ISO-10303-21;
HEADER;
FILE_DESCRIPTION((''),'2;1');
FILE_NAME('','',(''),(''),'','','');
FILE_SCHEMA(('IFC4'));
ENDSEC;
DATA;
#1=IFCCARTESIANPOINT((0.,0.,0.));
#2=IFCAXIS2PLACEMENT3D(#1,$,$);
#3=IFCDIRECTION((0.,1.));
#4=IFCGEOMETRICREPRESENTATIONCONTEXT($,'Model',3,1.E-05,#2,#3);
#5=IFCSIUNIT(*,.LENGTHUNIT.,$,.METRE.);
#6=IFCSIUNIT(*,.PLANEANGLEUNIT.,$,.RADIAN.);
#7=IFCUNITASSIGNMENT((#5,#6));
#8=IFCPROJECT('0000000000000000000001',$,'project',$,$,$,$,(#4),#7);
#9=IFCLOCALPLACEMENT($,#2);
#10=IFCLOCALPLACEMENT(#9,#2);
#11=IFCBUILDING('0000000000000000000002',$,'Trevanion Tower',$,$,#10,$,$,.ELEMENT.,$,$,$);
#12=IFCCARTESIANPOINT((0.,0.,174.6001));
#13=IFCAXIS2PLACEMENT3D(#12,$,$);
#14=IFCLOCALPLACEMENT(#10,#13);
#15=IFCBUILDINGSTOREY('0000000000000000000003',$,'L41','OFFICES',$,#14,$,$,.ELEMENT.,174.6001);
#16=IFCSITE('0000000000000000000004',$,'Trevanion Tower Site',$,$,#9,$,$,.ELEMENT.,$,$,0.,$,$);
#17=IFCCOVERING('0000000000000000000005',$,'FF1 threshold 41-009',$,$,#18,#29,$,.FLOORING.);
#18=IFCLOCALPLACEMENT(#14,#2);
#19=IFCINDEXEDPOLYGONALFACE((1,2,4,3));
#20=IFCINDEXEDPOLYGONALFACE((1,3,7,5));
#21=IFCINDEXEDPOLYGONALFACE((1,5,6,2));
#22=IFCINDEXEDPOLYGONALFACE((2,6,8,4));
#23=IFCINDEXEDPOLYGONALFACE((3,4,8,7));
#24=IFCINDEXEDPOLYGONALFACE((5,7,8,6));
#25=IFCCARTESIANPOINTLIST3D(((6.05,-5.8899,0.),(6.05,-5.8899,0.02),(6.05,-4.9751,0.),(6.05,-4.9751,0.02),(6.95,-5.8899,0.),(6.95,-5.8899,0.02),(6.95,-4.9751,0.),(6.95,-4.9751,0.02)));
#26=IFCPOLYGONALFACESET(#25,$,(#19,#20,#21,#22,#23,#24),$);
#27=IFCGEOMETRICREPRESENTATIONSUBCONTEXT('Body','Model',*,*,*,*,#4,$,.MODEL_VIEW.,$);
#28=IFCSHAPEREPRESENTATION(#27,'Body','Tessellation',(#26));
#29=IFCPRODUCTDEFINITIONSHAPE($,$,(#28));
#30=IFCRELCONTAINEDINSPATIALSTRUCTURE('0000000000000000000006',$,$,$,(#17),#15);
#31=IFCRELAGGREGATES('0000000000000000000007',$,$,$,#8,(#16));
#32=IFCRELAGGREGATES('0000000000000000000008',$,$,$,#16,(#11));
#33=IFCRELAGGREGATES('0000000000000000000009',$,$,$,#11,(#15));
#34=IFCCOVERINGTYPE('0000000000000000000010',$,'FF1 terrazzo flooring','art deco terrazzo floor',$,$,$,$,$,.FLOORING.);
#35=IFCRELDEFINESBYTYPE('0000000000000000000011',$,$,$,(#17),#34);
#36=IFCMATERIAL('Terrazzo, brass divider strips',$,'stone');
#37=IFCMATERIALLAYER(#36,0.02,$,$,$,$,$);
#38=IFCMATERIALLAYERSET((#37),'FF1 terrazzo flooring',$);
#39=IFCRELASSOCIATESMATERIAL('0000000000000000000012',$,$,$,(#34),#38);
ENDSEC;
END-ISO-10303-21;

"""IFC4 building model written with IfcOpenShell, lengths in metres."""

from ifc_helpers import new_model, si_unit, direction, frame, origin, place, context, subcontext, project, spatial, polyline, outline, extrude, material, layer, layer_set, type_object, element, save


model = new_model("IFC4")

# Units and contexts
model_context = context("Model", 3, precision=1e-05, world=origin(), true_north=direction((0.0, 1.0)))
body_context = subcontext(model_context, "Body", "Model", "MODEL_VIEW")
ifc_project = project(units=[si_unit("LENGTHUNIT", "METRE"), si_unit("PLANEANGLEUNIT", "RADIAN")], contexts=[model_context])

# Site, building, storey
site_placement = place(None, origin())
site = spatial("IfcSite", under=ifc_project, at=site_placement, Name="Trevanion Tower Site", CompositionType="ELEMENT", RefElevation=0.0)
building_placement = place(site_placement, origin())
building = spatial("IfcBuilding", under=site, at=building_placement, Name="Trevanion Tower", CompositionType="ELEMENT")
storey_placement = place(building_placement, frame((0.0, 0.0, 174.6001)))
storey = spatial("IfcBuildingStorey", under=building, at=storey_placement, Name="L41", Description="OFFICES", CompositionType="ELEMENT", Elevation=174.6001)

# Covering
ifc_material_1 = material(Name="Terrazzo, brass divider strips", Category="stone")
ifc_layer_1 = layer(ifc_material_1, 0.02)
ifc_layer_set_1 = layer_set([ifc_layer_1], Name="FF1 terrazzo flooring")
covering_type = type_object("IfcCoveringType", Name="FF1 terrazzo flooring", Description="art deco terrazzo floor", PredefinedType="FLOORING", material=ifc_layer_set_1)
covering_1_placement = place(storey_placement, origin())
element("IfcCovering", 1, at=covering_1_placement, inside=storey, type_object=covering_type, Name="FF1 threshold 41-009", PredefinedType="FLOORING", context=body_context, shape_type="SweptSolid", body=[
    extrude(outline(polyline([(6.95, -5.8899), (6.95, -4.9751), (6.05, -4.9751), (6.05, -5.8899), (6.95, -5.8899)])), origin(), (0.0, 0.0, 1.0), 0.02),
])

save(model, "model.ifc")
